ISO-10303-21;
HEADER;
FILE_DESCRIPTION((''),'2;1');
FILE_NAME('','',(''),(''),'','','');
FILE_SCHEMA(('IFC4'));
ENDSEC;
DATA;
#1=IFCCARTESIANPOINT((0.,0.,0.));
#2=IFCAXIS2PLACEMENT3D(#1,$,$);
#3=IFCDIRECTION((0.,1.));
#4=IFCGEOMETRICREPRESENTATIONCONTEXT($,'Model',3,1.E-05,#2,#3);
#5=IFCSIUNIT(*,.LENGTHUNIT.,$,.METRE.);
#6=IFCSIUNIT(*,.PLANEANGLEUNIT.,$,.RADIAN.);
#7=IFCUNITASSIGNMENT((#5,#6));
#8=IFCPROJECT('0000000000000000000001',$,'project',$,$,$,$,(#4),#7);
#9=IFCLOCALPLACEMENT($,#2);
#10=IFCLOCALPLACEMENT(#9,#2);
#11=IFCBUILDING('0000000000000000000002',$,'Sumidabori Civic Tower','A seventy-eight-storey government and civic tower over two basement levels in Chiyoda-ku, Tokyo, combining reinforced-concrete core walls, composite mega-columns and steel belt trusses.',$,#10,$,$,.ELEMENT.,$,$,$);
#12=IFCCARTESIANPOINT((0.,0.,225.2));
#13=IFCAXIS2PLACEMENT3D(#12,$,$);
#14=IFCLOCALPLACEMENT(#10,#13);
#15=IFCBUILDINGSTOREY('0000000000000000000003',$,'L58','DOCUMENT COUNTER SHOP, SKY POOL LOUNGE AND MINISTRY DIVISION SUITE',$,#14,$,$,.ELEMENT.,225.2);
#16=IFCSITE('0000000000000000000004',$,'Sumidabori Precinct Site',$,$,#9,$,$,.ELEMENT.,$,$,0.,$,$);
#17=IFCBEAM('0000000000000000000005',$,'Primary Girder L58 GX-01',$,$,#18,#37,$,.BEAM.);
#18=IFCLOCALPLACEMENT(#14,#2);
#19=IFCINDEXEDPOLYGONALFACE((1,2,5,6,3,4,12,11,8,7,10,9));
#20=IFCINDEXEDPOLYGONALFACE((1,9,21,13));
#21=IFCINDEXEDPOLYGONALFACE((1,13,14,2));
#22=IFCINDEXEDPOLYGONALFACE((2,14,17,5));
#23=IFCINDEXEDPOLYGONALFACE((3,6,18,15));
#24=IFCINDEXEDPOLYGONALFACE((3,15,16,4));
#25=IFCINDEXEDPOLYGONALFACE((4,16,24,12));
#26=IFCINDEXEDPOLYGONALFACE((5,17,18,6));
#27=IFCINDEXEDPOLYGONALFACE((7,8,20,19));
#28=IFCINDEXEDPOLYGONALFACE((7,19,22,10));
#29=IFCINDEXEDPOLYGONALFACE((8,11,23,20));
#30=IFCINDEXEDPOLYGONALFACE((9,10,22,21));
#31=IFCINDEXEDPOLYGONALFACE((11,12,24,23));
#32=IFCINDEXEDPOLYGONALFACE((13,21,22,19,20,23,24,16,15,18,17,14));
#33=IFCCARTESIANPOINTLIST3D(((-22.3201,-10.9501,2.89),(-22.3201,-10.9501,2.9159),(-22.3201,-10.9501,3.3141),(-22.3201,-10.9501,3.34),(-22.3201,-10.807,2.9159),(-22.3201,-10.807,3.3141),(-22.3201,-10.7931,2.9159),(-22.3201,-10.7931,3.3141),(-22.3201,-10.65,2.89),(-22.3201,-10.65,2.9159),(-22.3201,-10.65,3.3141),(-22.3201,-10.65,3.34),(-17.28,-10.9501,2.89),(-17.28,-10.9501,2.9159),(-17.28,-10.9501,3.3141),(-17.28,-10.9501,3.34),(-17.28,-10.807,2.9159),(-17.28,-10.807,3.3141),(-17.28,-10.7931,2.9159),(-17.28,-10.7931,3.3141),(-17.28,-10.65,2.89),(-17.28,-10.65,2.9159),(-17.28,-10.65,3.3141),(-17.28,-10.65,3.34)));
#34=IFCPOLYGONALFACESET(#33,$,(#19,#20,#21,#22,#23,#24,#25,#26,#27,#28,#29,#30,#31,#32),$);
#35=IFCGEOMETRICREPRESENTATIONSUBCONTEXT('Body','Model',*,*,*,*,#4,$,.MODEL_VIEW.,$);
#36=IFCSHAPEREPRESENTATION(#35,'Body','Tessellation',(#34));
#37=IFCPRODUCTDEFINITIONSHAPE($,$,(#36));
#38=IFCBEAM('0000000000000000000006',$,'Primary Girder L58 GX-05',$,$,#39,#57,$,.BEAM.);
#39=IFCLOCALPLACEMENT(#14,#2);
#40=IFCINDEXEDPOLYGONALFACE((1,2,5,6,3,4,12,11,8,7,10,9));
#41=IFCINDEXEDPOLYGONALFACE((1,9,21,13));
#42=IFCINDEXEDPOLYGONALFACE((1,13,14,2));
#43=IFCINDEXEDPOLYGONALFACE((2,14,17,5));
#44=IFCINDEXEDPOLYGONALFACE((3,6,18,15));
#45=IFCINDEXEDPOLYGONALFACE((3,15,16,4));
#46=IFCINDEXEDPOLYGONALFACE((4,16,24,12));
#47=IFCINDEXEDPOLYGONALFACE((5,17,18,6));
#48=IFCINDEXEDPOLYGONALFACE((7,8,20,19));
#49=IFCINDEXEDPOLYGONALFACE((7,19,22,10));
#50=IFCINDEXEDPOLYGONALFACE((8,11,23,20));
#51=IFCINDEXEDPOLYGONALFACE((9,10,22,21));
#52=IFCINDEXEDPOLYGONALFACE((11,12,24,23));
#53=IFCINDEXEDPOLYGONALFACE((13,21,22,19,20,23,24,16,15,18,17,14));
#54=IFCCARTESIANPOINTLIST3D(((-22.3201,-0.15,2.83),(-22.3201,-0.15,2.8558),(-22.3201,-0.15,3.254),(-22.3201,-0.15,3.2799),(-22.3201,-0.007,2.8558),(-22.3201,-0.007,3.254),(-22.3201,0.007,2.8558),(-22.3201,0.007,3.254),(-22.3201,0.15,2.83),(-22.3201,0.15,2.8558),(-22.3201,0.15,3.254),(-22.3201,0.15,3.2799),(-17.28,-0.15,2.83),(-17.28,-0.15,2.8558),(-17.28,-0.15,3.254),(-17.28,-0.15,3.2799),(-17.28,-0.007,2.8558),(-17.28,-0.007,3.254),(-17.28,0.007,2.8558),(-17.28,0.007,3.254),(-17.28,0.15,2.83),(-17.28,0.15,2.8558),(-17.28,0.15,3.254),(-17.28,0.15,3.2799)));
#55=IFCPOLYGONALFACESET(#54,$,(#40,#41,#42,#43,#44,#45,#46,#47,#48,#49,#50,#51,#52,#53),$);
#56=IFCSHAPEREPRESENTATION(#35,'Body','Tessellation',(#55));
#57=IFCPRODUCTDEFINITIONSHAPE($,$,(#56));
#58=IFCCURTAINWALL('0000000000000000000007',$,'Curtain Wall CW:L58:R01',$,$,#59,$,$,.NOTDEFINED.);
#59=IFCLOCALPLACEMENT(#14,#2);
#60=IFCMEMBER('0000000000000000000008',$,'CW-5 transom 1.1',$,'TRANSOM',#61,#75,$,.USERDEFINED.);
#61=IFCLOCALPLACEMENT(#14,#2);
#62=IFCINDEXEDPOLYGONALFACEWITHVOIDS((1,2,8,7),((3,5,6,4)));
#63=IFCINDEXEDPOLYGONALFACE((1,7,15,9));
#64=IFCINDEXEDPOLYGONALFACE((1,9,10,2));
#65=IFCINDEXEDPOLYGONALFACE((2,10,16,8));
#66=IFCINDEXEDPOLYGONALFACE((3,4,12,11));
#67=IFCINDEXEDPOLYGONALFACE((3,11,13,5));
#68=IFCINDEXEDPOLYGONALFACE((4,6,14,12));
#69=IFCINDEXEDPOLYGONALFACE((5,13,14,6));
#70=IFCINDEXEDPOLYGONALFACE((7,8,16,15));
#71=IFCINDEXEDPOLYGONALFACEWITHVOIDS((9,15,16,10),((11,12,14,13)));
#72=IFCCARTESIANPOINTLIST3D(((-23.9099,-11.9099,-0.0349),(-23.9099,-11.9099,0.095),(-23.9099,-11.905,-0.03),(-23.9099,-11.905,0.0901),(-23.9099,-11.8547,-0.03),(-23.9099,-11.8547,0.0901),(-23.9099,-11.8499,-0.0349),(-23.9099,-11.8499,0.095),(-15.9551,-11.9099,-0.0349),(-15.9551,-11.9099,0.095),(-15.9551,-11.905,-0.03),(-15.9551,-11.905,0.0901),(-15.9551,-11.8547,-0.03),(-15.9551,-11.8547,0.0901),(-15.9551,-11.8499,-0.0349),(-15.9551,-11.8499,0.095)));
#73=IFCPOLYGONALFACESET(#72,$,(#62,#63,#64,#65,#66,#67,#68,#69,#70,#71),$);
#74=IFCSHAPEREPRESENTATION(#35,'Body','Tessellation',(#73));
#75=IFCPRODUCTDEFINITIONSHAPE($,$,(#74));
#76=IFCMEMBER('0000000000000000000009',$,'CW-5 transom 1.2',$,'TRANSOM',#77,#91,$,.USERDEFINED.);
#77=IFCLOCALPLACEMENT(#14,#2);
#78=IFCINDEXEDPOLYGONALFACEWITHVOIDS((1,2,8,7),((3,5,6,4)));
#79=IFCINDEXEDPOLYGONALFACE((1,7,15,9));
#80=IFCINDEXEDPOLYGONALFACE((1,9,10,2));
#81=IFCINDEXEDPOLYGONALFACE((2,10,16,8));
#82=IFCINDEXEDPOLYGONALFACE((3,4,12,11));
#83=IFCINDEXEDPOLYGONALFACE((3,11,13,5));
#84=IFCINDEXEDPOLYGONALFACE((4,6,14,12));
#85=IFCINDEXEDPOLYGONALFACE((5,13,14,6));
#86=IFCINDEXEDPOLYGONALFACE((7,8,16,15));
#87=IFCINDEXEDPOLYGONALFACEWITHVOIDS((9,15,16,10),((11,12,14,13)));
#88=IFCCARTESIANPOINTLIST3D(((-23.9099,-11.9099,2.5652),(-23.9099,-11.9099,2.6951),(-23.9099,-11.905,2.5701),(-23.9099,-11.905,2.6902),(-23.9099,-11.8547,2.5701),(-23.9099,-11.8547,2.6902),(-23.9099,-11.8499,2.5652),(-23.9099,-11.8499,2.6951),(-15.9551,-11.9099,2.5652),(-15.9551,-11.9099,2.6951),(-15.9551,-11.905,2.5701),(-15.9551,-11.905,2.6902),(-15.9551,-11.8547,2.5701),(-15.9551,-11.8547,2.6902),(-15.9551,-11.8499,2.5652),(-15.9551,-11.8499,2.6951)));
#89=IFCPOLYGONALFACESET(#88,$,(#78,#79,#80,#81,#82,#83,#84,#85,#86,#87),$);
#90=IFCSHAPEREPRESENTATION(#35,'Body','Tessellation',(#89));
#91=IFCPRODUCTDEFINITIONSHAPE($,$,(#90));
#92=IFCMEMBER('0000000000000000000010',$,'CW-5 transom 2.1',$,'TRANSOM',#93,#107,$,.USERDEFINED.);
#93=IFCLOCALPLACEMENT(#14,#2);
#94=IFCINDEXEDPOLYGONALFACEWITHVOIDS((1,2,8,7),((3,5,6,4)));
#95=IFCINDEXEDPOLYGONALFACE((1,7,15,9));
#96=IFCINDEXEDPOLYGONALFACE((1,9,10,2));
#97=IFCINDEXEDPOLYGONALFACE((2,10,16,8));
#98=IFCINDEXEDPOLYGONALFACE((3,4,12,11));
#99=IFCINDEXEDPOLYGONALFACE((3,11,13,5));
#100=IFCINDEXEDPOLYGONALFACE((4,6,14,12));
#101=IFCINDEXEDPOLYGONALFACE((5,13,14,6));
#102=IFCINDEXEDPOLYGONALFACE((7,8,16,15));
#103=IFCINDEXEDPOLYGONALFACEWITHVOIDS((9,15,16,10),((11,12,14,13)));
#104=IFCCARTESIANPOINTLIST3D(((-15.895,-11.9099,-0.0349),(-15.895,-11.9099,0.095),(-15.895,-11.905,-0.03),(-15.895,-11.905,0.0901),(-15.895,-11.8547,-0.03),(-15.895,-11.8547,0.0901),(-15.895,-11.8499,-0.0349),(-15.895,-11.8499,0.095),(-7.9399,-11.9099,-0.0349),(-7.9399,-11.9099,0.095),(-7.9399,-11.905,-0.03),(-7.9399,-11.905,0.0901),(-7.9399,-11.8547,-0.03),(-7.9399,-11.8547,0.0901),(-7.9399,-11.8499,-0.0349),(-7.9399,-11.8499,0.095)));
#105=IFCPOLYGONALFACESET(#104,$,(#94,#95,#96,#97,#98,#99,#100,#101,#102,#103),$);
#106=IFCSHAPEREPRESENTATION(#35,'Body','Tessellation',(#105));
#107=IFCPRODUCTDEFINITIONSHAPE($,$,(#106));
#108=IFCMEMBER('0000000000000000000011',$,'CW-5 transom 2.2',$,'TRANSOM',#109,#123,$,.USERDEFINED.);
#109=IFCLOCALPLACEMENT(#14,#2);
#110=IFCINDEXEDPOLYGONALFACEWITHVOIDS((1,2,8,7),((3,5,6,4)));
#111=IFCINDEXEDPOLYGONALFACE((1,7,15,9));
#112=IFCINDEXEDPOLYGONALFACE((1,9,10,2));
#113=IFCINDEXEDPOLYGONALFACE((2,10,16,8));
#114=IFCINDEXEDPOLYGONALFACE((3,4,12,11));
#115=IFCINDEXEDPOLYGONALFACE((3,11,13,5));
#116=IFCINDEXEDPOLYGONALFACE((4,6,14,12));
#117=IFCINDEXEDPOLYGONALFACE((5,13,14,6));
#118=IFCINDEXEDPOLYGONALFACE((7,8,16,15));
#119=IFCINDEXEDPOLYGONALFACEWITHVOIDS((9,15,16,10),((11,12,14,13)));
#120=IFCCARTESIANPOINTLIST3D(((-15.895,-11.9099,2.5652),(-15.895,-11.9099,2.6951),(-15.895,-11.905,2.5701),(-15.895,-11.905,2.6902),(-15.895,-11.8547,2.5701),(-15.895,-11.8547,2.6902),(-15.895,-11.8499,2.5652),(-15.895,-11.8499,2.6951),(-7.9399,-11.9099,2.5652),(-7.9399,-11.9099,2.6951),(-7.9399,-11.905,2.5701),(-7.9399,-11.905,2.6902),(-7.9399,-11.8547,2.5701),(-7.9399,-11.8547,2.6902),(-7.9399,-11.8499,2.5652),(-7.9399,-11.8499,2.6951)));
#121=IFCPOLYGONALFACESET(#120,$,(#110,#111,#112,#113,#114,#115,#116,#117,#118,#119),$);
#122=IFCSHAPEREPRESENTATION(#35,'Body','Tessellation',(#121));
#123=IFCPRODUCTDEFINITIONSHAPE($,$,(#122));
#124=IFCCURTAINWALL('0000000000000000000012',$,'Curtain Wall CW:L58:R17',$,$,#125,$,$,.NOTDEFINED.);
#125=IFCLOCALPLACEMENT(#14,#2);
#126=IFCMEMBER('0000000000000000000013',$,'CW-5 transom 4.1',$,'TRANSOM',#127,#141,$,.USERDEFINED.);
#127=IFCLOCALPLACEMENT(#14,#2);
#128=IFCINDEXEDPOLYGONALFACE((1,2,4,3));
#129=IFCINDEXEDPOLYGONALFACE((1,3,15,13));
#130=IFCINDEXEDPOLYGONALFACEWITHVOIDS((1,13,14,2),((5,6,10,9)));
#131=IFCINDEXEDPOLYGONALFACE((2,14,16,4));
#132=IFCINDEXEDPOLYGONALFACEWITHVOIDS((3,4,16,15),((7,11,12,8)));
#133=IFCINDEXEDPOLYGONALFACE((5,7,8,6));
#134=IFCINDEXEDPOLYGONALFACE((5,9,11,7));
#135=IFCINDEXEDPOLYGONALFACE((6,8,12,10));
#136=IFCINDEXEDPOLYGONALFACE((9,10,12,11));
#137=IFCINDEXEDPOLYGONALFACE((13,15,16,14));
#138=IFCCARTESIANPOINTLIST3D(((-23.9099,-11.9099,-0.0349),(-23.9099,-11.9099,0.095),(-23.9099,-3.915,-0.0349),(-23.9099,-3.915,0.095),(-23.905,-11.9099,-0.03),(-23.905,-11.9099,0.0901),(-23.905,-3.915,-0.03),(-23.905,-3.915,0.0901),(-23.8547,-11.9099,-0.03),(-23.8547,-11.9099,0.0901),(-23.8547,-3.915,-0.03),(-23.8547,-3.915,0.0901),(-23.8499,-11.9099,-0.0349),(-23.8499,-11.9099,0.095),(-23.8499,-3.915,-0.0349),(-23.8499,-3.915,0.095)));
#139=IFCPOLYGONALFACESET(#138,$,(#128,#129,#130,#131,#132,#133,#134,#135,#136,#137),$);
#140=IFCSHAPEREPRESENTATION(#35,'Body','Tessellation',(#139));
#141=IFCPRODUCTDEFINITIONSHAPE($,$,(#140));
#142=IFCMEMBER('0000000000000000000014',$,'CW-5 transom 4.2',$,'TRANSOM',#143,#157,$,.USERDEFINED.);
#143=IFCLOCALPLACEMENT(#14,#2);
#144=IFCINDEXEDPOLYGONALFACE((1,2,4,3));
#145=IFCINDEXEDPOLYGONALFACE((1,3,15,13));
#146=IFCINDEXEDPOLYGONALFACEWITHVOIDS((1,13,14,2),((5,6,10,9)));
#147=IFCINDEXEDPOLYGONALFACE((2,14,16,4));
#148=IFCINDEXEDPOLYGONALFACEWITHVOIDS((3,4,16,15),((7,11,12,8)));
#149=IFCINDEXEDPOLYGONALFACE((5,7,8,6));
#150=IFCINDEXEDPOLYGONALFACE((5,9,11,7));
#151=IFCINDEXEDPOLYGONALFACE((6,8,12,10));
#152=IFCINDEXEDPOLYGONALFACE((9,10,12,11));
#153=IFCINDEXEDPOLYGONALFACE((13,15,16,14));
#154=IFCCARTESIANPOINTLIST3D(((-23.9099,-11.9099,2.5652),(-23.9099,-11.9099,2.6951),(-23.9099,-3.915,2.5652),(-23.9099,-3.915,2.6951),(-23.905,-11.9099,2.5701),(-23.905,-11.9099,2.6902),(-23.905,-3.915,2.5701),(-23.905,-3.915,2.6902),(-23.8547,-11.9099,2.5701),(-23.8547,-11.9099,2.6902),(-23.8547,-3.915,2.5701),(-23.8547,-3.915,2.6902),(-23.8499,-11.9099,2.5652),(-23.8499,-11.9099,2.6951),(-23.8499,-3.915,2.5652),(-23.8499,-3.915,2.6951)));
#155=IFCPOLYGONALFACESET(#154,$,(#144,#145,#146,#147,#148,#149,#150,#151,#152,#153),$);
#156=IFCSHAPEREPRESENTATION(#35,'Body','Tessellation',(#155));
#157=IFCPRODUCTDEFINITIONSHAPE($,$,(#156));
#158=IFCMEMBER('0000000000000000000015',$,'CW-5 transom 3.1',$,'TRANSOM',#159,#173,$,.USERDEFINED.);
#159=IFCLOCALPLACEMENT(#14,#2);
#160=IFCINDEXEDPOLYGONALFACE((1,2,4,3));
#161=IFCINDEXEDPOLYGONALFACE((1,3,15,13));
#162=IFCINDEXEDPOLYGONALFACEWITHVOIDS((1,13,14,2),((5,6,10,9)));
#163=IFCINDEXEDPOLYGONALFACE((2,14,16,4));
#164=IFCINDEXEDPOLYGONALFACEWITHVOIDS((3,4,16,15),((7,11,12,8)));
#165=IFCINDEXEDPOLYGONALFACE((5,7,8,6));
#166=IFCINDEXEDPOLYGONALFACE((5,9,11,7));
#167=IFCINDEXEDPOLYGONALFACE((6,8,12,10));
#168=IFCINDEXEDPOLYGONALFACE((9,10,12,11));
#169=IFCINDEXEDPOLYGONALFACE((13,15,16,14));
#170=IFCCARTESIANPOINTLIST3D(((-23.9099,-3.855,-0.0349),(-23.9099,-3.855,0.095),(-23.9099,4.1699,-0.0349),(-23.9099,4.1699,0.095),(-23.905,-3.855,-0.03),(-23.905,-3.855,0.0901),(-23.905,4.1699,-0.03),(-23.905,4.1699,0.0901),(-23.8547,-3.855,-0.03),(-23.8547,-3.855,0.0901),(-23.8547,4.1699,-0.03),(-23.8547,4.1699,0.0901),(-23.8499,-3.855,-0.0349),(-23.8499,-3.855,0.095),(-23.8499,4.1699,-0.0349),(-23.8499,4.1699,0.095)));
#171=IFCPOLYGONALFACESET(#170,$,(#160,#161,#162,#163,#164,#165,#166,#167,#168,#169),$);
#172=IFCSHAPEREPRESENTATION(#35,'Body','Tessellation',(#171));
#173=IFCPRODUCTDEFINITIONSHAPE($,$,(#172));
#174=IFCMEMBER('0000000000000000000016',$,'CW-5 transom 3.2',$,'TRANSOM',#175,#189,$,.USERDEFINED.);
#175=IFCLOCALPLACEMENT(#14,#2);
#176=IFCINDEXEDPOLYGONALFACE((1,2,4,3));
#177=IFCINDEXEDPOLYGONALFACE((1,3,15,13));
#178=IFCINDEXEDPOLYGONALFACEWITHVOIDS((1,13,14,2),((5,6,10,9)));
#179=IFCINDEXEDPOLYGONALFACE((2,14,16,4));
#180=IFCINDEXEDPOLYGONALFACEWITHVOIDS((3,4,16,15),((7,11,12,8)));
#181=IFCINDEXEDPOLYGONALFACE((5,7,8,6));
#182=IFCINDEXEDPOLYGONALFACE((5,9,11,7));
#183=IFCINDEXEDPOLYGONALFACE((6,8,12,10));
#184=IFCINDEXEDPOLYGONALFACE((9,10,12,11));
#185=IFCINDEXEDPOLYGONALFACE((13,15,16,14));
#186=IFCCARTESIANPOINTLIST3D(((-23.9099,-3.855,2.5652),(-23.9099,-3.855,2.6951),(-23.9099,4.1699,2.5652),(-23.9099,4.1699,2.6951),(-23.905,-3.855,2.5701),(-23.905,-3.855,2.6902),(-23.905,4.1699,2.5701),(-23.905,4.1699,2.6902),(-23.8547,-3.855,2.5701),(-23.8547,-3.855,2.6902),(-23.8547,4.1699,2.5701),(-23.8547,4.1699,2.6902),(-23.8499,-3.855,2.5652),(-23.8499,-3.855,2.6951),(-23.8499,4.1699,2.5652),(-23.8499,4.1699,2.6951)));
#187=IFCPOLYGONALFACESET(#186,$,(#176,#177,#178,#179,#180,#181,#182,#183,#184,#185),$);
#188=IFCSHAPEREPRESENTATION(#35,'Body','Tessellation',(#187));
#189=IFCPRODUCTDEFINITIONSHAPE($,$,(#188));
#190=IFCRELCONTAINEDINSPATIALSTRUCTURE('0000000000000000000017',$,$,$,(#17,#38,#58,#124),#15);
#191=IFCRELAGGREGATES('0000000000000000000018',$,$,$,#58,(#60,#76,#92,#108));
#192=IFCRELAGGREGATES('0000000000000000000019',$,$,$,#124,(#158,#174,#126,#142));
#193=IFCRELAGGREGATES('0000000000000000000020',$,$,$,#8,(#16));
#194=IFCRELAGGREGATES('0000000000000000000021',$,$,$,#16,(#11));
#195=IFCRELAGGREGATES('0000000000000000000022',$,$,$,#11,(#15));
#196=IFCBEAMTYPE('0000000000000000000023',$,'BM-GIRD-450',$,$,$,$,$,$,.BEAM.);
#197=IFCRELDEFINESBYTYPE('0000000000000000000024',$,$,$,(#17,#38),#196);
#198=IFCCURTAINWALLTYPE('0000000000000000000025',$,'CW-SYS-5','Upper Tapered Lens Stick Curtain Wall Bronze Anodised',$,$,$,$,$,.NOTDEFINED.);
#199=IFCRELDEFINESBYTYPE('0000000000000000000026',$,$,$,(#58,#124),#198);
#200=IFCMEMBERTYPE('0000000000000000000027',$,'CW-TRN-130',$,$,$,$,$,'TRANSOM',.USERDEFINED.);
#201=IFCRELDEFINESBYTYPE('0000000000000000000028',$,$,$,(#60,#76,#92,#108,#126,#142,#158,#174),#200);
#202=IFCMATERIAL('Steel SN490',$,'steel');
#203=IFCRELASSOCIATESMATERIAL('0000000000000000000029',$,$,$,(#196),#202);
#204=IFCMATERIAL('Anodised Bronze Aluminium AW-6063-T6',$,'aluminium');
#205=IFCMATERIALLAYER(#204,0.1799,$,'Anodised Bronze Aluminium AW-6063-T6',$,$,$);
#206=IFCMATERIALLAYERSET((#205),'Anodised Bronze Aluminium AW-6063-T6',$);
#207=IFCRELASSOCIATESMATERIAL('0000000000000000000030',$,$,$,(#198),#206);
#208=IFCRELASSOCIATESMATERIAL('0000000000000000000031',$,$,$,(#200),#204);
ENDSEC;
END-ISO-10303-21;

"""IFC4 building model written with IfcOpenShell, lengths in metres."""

from ifc_helpers import new_model, si_unit, direction, frame, origin, origin_2d, place, context, subcontext, project, spatial, hollow_rectangle, i_section, extrude, source, transform, mapped, material, layer, layer_set, material_profile, profile_set, type_object, element, aggregate, save


model = new_model("IFC4")

# Units and contexts
model_context = context("Model", 3, precision=1e-05, world=origin(), true_north=direction((0.0, 1.0)))
body_context = subcontext(model_context, "Body", "Model", "MODEL_VIEW")
ifc_project = project(units=[si_unit("LENGTHUNIT", "METRE"), si_unit("PLANEANGLEUNIT", "RADIAN")], contexts=[model_context])

# Site, building, storey
site_placement = place(None, origin())
site = spatial("IfcSite", under=ifc_project, at=site_placement, Name="Sumidabori Precinct Site", CompositionType="ELEMENT", RefElevation=0.0)
building_placement = place(site_placement, origin())
building = spatial("IfcBuilding", under=site, at=building_placement, Name="Sumidabori Civic Tower", Description="A seventy-eight-storey government and civic tower over two basement levels in Chiyoda-ku, Tokyo, combining reinforced-concrete core walls, composite mega-columns and steel belt trusses.", CompositionType="ELEMENT")
storey_placement = place(building_placement, frame((0.0, 0.0, 225.2)))
storey = spatial("IfcBuildingStorey", under=building, at=storey_placement, Name="L58", Description="DOCUMENT COUNTER SHOP, SKY POOL LOUNGE AND MINISTRY DIVISION SUITE", CompositionType="ELEMENT", Elevation=225.2)

# Beams
ifc_material_1 = material(Name="Steel SN490", Category="steel")
ifc_material_profile_1 = material_profile(ifc_material_1, i_section(OverallWidth=0.3, OverallDepth=0.45, WebThickness=0.0139, FlangeThickness=0.0259, at=origin_2d()), Name="HE 450 B")
ifc_profile_set_1 = profile_set([ifc_material_profile_1], Name="Steel SN490")
beam_type_1 = type_object("IfcBeamType", Name="BM-GIRD-450", PredefinedType="BEAM", material=ifc_profile_set_1)
shared_shape_1 = source(origin(), body_context, "Body", "SweptSolid", [
    extrude(i_section(OverallWidth=0.3, OverallDepth=0.45, WebThickness=0.0139, FlangeThickness=0.0259, at=origin_2d()), origin(), (0.0, 0.0, 1.0), 5.04),
])
for number, where, z_axis, x_axis, name in (
    (1, (-22.3201, -10.8, 3.115), (1.0, 0.0, 0.0), (0.0, 1.0, 0.0), "Primary Girder L58 GX-01"),
    (2, (-22.3201, 0.0, 3.0549), (1.0, 0.0, 0.0), (0.0, 1.0, 0.0), "Primary Girder L58 GX-05"),
):
    element("IfcBeam", number, at=place(storey_placement, frame(where, z_axis=z_axis, x_axis=x_axis)), inside=storey, type_object=beam_type_1, Name=name, PredefinedType="BEAM", context=body_context, shape_type="MappedRepresentation", body=[
        mapped(shared_shape_1, transform((0.0, 0.0, 0.0), x_axis=(1.0, 0.0, 0.0), y_axis=(0.0, 1.0, 0.0), z_axis=(0.0, 0.0, 1.0), scale=1.0)),
    ])

# Curtain walls, members
ifc_material_2 = material(Name="Anodised Bronze Aluminium AW-6063-T6", Category="aluminium")
ifc_layer_1 = layer(ifc_material_2, 0.1799, Name="Anodised Bronze Aluminium AW-6063-T6")
ifc_layer_set_1 = layer_set([ifc_layer_1], Name="Anodised Bronze Aluminium AW-6063-T6")
curtain_wall_type = type_object("IfcCurtainWallType", Name="CW-SYS-5", Description="Upper Tapered Lens Stick Curtain Wall Bronze Anodised", PredefinedType="NOTDEFINED", material=ifc_layer_set_1)
curtain_wall_1_placement = place(storey_placement, origin())
curtain_wall_1 = element("IfcCurtainWall", 3, at=curtain_wall_1_placement, inside=storey, type_object=curtain_wall_type, Name="Curtain Wall CW:L58:R01", PredefinedType="NOTDEFINED")
ifc_material_profile_2 = material_profile(ifc_material_2, hollow_rectangle(XDim=0.0601, YDim=0.1299, WallThickness=0.0049, at=origin_2d()), Name="ALU TRANSOM 130x60")
ifc_profile_set_2 = profile_set([ifc_material_profile_2], Name="Anodised Bronze Aluminium AW-6063-T6")
member_type_1 = type_object("IfcMemberType", Name="CW-TRN-130", ElementType="TRANSOM", PredefinedType="USERDEFINED", material=ifc_profile_set_2)
shared_shape_2 = source(origin(), body_context, "Body", "SweptSolid", [
    extrude(hollow_rectangle(XDim=0.0601, YDim=0.1299, WallThickness=0.0049, at=origin_2d()), origin(), (0.0, 0.0, 1.0), 7.9548),
])
member_1_placement = place(storey_placement, frame((-23.9099, -11.8799, 0.03), z_axis=(1.0, 0.0, 0.0), x_axis=(0.0, 1.0, 0.0)))
member_1 = element("IfcMember", 4, at=member_1_placement, type_object=member_type_1, Name="CW-5 transom 1.1", ObjectType="TRANSOM", PredefinedType="USERDEFINED", context=body_context, shape_type="MappedRepresentation", body=[
    mapped(shared_shape_2, transform((0.0, 0.0, 0.0), x_axis=(1.0, 0.0, 0.0), y_axis=(0.0, 1.0, 0.0), z_axis=(0.0, 0.0, 1.0), scale=1.0)),
])
member_2_placement = place(storey_placement, frame((-23.9099, -11.8799, 2.6301), z_axis=(1.0, 0.0, 0.0), x_axis=(0.0, 1.0, 0.0)))
member_2 = element("IfcMember", 5, at=member_2_placement, type_object=member_type_1, Name="CW-5 transom 1.2", ObjectType="TRANSOM", PredefinedType="USERDEFINED", context=body_context, shape_type="MappedRepresentation", body=[
    mapped(shared_shape_2, transform((0.0, 0.0, 0.0), x_axis=(1.0, 0.0, 0.0), y_axis=(0.0, 1.0, 0.0), z_axis=(0.0, 0.0, 1.0), scale=1.0)),
])
shared_shape_3 = source(origin(), body_context, "Body", "SweptSolid", [
    extrude(hollow_rectangle(XDim=0.0601, YDim=0.1299, WallThickness=0.0049, at=origin_2d()), origin(), (0.0, 0.0, 1.0), 7.9551),
])
member_3_placement = place(storey_placement, frame((-15.895, -11.8799, 0.03), z_axis=(1.0, 0.0, 0.0), x_axis=(0.0, 1.0, 0.0)))
member_3 = element("IfcMember", 6, at=member_3_placement, type_object=member_type_1, Name="CW-5 transom 2.1", ObjectType="TRANSOM", PredefinedType="USERDEFINED", context=body_context, shape_type="MappedRepresentation", body=[
    mapped(shared_shape_3, transform((0.0, 0.0, 0.0), x_axis=(1.0, 0.0, 0.0), y_axis=(0.0, 1.0, 0.0), z_axis=(0.0, 0.0, 1.0), scale=1.0)),
])
member_4_placement = place(storey_placement, frame((-15.895, -11.8799, 2.6301), z_axis=(1.0, 0.0, 0.0), x_axis=(0.0, 1.0, 0.0)))
member_4 = element("IfcMember", 7, at=member_4_placement, type_object=member_type_1, Name="CW-5 transom 2.2", ObjectType="TRANSOM", PredefinedType="USERDEFINED", context=body_context, shape_type="MappedRepresentation", body=[
    mapped(shared_shape_3, transform((0.0, 0.0, 0.0), x_axis=(1.0, 0.0, 0.0), y_axis=(0.0, 1.0, 0.0), z_axis=(0.0, 0.0, 1.0), scale=1.0)),
])
curtain_wall_2_placement = place(storey_placement, origin())
curtain_wall_2 = element("IfcCurtainWall", 8, at=curtain_wall_2_placement, inside=storey, type_object=curtain_wall_type, Name="Curtain Wall CW:L58:R17", PredefinedType="NOTDEFINED")
shared_shape_4 = source(origin(), body_context, "Body", "SweptSolid", [
    extrude(hollow_rectangle(XDim=0.0601, YDim=0.1299, WallThickness=0.0049, at=origin_2d()), origin(), (0.0, 0.0, 1.0), 7.9949),
])
member_5_placement = place(storey_placement, frame((-23.8799, -3.915, 0.03), z_axis=(0.0, -1.0, 0.0), x_axis=(1.0, 0.0, 0.0)))
member_5 = element("IfcMember", 9, at=member_5_placement, type_object=member_type_1, Name="CW-5 transom 4.1", ObjectType="TRANSOM", PredefinedType="USERDEFINED", context=body_context, shape_type="MappedRepresentation", body=[
    mapped(shared_shape_4, transform((0.0, 0.0, 0.0), x_axis=(1.0, 0.0, 0.0), y_axis=(0.0, 1.0, 0.0), z_axis=(0.0, 0.0, 1.0), scale=1.0)),
])
member_6_placement = place(storey_placement, frame((-23.8799, -3.915, 2.6301), z_axis=(0.0, -1.0, 0.0), x_axis=(1.0, 0.0, 0.0)))
member_6 = element("IfcMember", 10, at=member_6_placement, type_object=member_type_1, Name="CW-5 transom 4.2", ObjectType="TRANSOM", PredefinedType="USERDEFINED", context=body_context, shape_type="MappedRepresentation", body=[
    mapped(shared_shape_4, transform((0.0, 0.0, 0.0), x_axis=(1.0, 0.0, 0.0), y_axis=(0.0, 1.0, 0.0), z_axis=(0.0, 0.0, 1.0), scale=1.0)),
])
shared_shape_5 = source(origin(), body_context, "Body", "SweptSolid", [
    extrude(hollow_rectangle(XDim=0.0601, YDim=0.1299, WallThickness=0.0049, at=origin_2d()), origin(), (0.0, 0.0, 1.0), 8.0249),
])
member_7_placement = place(storey_placement, frame((-23.8799, 4.1699, 0.03), z_axis=(0.0, -1.0, 0.0), x_axis=(1.0, 0.0, 0.0)))
member_7 = element("IfcMember", 11, at=member_7_placement, type_object=member_type_1, Name="CW-5 transom 3.1", ObjectType="TRANSOM", PredefinedType="USERDEFINED", context=body_context, shape_type="MappedRepresentation", body=[
    mapped(shared_shape_5, transform((0.0, 0.0, 0.0), x_axis=(1.0, 0.0, 0.0), y_axis=(0.0, 1.0, 0.0), z_axis=(0.0, 0.0, 1.0), scale=1.0)),
])
member_8_placement = place(storey_placement, frame((-23.8799, 4.1699, 2.6301), z_axis=(0.0, -1.0, 0.0), x_axis=(1.0, 0.0, 0.0)))
member_8 = element("IfcMember", 12, at=member_8_placement, type_object=member_type_1, Name="CW-5 transom 3.2", ObjectType="TRANSOM", PredefinedType="USERDEFINED", context=body_context, shape_type="MappedRepresentation", body=[
    mapped(shared_shape_5, transform((0.0, 0.0, 0.0), x_axis=(1.0, 0.0, 0.0), y_axis=(0.0, 1.0, 0.0), z_axis=(0.0, 0.0, 1.0), scale=1.0)),
])

aggregate(curtain_wall_1, [member_1, member_2, member_3, member_4])
aggregate(curtain_wall_2, [member_7, member_8, member_5, member_6])

save(model, "model.ifc")
